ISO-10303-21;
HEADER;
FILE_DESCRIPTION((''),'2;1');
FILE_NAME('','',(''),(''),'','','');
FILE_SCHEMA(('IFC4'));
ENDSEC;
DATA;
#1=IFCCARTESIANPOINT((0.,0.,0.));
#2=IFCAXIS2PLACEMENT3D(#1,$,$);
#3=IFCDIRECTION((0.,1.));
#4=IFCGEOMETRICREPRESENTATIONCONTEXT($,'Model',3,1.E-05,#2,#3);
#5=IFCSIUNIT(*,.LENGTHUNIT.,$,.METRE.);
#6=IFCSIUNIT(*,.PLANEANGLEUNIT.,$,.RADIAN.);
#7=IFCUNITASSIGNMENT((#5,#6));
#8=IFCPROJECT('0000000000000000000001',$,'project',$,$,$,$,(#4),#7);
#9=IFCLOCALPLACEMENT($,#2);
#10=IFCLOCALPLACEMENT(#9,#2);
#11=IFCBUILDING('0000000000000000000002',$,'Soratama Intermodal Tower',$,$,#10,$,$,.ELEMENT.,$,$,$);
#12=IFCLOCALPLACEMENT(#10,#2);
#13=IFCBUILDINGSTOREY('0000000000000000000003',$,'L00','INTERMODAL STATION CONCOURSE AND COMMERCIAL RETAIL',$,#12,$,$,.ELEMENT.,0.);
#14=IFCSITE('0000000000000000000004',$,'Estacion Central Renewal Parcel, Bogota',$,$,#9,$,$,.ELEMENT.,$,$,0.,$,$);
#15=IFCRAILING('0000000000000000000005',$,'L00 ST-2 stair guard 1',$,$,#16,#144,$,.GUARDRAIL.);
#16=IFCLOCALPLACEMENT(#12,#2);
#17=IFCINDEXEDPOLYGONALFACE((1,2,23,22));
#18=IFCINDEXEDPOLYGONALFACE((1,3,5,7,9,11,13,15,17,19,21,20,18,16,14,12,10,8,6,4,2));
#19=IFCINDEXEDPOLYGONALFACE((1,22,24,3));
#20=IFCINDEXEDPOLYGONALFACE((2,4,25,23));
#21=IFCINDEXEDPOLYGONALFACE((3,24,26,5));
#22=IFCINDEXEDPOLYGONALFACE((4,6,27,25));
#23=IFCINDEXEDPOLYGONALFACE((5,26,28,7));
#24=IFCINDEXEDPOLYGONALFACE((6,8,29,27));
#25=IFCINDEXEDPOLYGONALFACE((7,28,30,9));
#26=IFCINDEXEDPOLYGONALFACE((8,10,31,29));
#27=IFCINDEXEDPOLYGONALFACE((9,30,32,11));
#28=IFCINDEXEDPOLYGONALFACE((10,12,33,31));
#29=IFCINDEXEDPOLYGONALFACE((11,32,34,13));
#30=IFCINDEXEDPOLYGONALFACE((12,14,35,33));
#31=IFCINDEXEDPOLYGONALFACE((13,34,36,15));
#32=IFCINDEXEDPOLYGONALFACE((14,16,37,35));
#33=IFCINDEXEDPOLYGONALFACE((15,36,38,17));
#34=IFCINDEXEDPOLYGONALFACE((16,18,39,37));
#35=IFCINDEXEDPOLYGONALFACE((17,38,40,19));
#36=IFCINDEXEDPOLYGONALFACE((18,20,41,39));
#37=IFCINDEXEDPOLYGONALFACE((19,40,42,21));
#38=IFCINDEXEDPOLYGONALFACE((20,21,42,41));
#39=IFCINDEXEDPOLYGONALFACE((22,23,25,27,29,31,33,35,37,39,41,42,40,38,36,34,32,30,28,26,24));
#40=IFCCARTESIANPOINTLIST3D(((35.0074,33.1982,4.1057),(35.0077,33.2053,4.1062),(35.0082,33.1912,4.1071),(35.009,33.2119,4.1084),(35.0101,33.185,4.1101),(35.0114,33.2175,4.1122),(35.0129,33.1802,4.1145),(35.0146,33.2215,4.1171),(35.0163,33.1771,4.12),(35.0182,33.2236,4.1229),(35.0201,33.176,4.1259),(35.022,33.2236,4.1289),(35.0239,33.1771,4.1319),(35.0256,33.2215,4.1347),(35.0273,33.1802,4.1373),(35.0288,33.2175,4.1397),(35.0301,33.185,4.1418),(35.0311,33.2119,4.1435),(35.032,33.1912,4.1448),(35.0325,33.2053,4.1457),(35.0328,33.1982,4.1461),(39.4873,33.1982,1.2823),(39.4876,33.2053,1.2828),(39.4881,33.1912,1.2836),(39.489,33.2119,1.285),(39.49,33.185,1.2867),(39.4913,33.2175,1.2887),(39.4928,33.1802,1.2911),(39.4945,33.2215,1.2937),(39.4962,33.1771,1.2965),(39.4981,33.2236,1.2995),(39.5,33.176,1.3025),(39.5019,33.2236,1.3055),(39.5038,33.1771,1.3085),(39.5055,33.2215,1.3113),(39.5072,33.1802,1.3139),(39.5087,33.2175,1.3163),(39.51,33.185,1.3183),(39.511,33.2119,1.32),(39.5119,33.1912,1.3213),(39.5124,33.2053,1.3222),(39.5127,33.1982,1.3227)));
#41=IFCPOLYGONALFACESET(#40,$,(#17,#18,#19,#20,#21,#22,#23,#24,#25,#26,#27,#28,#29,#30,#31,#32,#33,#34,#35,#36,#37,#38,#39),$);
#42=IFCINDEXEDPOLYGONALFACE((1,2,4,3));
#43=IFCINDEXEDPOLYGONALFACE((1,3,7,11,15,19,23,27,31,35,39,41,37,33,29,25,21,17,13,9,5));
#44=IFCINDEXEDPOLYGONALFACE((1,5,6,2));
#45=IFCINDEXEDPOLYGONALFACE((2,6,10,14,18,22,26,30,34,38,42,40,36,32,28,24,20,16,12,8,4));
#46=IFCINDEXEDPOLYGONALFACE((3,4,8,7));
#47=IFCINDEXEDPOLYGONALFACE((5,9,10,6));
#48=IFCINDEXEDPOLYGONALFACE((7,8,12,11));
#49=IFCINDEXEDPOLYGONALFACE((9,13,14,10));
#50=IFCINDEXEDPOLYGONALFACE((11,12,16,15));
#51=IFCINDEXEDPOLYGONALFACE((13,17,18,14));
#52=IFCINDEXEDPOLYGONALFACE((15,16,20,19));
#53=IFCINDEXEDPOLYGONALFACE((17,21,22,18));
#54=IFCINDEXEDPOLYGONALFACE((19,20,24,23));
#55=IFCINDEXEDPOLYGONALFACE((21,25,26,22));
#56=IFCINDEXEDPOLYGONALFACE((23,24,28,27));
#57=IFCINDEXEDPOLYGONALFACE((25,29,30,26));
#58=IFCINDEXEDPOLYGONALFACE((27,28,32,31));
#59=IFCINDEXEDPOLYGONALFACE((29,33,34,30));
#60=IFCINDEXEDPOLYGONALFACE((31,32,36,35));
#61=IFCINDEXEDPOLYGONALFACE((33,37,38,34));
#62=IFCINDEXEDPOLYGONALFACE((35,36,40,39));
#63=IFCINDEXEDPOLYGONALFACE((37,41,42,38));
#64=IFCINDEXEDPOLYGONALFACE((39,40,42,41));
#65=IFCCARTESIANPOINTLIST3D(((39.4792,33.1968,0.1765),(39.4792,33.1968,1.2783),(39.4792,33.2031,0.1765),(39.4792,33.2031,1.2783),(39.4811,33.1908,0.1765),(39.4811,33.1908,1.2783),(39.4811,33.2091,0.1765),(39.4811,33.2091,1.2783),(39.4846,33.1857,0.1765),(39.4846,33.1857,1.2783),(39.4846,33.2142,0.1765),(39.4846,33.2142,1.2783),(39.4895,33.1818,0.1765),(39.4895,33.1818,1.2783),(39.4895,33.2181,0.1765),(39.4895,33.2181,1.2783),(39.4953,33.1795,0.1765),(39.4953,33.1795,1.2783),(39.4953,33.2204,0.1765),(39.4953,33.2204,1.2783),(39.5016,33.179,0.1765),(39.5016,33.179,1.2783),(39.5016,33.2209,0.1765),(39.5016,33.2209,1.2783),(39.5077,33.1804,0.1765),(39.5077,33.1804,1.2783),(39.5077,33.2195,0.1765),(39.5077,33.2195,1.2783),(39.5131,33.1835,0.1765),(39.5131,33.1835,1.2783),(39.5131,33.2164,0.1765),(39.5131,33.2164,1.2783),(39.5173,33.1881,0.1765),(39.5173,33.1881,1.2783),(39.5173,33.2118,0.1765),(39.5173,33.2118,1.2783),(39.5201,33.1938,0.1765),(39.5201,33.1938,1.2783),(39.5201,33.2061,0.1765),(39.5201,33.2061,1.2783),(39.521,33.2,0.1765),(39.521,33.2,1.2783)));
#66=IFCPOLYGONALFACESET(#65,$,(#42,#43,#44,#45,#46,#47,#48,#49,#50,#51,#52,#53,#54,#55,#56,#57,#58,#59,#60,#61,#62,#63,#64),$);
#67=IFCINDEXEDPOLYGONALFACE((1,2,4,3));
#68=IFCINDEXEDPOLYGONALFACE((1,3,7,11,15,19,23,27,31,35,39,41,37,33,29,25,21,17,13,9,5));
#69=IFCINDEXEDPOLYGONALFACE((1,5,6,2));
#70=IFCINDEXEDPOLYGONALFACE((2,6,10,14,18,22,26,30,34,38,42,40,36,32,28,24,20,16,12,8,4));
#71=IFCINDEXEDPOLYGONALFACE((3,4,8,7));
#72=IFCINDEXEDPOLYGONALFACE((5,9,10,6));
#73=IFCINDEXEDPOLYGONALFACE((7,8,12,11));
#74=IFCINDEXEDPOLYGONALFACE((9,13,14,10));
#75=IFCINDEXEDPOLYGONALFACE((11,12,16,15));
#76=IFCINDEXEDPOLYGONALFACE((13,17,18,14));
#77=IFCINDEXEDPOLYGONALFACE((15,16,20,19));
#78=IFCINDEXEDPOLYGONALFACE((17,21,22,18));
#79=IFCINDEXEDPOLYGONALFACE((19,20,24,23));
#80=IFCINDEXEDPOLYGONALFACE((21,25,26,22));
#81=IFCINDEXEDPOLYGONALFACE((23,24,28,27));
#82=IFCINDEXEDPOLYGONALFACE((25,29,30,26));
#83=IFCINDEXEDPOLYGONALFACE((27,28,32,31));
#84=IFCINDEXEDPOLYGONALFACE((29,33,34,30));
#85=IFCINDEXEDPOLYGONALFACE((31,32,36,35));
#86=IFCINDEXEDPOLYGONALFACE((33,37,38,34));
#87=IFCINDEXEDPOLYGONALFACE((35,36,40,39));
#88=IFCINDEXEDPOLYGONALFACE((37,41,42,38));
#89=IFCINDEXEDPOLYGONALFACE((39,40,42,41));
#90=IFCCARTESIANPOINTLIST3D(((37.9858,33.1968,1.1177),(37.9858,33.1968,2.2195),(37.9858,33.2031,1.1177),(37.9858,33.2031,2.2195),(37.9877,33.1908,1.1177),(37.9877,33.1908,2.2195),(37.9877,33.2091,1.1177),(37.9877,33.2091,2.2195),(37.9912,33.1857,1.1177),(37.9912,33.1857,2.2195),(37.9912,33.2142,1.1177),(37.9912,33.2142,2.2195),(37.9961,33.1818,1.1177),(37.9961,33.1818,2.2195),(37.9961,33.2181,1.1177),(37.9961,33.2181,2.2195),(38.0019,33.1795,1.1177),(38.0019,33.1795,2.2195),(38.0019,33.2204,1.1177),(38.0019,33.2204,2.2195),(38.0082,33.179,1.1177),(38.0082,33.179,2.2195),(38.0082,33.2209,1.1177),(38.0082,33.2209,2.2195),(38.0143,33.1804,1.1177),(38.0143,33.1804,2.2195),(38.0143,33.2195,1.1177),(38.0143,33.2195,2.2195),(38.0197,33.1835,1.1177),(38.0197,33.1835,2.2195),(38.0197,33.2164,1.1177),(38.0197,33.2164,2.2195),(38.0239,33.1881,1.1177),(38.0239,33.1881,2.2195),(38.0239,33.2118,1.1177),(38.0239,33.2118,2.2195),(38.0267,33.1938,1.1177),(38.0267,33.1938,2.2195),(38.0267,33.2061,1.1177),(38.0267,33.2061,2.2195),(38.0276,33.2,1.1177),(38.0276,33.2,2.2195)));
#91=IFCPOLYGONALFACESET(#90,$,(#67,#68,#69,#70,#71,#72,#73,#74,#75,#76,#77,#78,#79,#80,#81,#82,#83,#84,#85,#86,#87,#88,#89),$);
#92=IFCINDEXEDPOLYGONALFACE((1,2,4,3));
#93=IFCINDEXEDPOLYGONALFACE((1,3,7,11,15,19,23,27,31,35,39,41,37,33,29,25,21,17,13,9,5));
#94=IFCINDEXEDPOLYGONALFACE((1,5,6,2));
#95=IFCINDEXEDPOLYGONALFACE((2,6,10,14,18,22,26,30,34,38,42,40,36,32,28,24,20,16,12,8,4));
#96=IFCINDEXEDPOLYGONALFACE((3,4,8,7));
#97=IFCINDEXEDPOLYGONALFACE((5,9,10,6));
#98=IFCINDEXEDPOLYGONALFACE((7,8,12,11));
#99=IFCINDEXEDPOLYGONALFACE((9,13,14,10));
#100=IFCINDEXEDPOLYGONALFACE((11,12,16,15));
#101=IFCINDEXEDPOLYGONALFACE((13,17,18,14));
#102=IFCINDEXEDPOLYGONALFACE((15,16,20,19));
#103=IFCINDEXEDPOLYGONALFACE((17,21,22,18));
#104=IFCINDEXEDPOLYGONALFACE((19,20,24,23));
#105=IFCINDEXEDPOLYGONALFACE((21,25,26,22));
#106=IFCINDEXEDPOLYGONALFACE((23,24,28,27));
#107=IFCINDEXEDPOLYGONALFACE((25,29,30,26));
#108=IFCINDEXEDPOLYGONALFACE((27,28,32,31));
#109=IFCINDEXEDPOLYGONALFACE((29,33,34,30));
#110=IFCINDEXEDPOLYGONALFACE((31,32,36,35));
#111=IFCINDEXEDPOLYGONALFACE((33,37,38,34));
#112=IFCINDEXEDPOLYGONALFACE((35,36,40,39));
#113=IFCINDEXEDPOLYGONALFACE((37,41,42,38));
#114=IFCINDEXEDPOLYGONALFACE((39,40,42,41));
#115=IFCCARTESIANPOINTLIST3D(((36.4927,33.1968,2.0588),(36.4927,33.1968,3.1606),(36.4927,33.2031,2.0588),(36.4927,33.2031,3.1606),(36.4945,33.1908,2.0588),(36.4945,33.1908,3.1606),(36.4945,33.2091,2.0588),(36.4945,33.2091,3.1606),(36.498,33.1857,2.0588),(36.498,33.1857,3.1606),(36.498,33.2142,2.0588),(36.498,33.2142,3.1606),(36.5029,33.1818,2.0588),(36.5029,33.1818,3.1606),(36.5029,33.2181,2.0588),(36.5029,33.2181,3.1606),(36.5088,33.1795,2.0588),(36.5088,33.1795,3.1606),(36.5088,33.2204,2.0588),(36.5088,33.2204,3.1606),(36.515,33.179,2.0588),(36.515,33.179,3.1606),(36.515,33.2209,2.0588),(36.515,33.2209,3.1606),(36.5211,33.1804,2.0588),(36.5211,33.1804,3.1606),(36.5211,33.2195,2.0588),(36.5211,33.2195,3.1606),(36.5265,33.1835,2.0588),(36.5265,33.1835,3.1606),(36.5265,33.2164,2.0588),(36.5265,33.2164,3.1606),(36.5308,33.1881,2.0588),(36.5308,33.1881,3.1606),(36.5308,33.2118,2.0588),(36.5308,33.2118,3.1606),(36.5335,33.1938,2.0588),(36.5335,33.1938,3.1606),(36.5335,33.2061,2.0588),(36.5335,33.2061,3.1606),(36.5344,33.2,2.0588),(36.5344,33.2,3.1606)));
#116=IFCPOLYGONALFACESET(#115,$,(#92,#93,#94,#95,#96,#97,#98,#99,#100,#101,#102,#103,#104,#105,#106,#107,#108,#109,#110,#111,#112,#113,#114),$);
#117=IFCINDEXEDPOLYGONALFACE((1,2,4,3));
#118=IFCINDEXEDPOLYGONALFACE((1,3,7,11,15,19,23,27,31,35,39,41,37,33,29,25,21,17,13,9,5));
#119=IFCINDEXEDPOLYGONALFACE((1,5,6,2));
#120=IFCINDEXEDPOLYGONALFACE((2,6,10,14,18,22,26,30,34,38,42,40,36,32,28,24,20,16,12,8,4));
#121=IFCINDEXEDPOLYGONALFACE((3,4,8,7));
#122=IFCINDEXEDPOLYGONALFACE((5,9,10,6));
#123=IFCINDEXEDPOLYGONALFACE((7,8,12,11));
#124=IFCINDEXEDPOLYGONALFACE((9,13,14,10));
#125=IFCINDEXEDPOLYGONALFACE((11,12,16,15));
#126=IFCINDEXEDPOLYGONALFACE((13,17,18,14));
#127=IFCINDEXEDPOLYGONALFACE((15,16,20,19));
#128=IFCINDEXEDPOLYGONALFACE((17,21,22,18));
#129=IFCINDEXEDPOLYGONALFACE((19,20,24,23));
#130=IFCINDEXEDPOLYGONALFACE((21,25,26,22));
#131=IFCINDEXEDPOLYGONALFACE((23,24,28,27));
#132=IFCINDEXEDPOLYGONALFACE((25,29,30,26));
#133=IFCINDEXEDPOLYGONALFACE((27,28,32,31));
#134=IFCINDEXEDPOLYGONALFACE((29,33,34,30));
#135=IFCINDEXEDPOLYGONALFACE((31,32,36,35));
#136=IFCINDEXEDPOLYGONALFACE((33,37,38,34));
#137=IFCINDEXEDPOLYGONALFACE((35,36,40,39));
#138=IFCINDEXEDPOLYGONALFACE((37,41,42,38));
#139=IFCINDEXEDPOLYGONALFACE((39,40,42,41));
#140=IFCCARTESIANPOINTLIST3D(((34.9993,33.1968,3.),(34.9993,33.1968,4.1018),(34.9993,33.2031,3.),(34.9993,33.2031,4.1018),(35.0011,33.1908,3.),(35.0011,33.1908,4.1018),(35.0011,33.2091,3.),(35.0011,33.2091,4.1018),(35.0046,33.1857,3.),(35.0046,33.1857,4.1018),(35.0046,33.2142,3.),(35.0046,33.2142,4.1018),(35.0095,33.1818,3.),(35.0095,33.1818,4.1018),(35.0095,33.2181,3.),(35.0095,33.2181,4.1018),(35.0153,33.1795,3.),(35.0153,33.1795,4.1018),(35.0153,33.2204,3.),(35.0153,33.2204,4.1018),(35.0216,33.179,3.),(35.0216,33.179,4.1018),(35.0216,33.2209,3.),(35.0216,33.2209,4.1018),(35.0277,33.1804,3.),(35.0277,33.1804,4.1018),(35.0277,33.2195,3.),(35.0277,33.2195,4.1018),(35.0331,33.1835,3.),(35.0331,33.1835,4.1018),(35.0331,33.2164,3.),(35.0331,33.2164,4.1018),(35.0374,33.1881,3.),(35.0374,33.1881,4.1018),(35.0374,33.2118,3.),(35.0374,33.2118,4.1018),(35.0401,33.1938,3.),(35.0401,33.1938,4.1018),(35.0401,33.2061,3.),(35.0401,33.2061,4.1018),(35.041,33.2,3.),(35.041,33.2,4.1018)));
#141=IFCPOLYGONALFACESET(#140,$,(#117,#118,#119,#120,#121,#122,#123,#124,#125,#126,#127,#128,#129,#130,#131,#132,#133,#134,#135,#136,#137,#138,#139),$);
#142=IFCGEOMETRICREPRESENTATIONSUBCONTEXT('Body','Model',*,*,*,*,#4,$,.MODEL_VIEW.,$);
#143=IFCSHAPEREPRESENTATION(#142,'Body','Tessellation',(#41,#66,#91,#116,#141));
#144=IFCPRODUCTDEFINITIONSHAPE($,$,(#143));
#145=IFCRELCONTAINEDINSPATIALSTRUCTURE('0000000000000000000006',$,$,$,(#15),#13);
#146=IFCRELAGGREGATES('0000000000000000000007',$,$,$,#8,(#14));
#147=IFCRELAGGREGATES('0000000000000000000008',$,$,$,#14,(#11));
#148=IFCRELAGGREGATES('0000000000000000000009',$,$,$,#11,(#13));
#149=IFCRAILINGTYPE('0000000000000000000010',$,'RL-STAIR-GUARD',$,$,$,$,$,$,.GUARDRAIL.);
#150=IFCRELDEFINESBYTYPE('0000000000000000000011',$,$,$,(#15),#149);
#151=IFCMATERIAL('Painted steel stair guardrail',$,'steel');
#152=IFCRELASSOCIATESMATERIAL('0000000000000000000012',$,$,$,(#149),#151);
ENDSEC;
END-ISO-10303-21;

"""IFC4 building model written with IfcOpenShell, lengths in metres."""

from ifc_helpers import new_model, si_unit, direction, frame, origin, origin_2d, place, context, subcontext, project, spatial, circle, extrude, material, type_object, element, save


model = new_model("IFC4")

# Units and contexts
model_context = context("Model", 3, precision=1e-05, world=origin(), true_north=direction((0.0, 1.0)))
body_context = subcontext(model_context, "Body", "Model", "MODEL_VIEW")
ifc_project = project(units=[si_unit("LENGTHUNIT", "METRE"), si_unit("PLANEANGLEUNIT", "RADIAN")], contexts=[model_context])

# Site, building, storey
site_placement = place(None, origin())
site = spatial("IfcSite", under=ifc_project, at=site_placement, Name="Estacion Central Renewal Parcel, Bogota", CompositionType="ELEMENT", RefElevation=0.0)
building_placement = place(site_placement, origin())
building = spatial("IfcBuilding", under=site, at=building_placement, Name="Soratama Intermodal Tower", CompositionType="ELEMENT")
storey_placement = place(building_placement, origin())
storey = spatial("IfcBuildingStorey", under=building, at=storey_placement, Name="L00", Description="INTERMODAL STATION CONCOURSE AND COMMERCIAL RETAIL", CompositionType="ELEMENT", Elevation=0.0)

# Railing
ifc_material_1 = material(Name="Painted steel stair guardrail", Category="steel")
railing_type_1 = type_object("IfcRailingType", Name="RL-STAIR-GUARD", PredefinedType="GUARDRAIL", material=ifc_material_1)
railing_1_placement = place(storey_placement, frame((39.5, 33.2, 0.1765)))
element("IfcRailing", 1, at=railing_1_placement, inside=storey, type_object=railing_type_1, Name="L00 ST-2 stair guard 1", PredefinedType="GUARDRAIL", context=body_context, shape_type="SweptSolid", body=[
    extrude(circle(Radius=0.0239, at=origin_2d()), frame((0.0, 0.0, 1.126), z_axis=(-0.845998, 0.0, 0.533186), x_axis=(0.0, -1.0, 0.0)), (0.0, 0.0, 1.0), 5.2954),
    extrude(circle(Radius=0.021, at=origin_2d()), origin(), (0.0, 0.0, 1.0), 1.1018),
    extrude(circle(Radius=0.021, at=origin_2d()), frame((-1.4934, 0.0, 0.9412)), (0.0, 0.0, 1.0), 1.1018),
    extrude(circle(Radius=0.021, at=origin_2d()), frame((-2.9866, 0.0, 1.8823)), (0.0, 0.0, 1.0), 1.1018),
    extrude(circle(Radius=0.021, at=origin_2d()), frame((-4.48, 0.0, 2.8235)), (0.0, 0.0, 1.0), 1.1018),
])

save(model, "model.ifc")
